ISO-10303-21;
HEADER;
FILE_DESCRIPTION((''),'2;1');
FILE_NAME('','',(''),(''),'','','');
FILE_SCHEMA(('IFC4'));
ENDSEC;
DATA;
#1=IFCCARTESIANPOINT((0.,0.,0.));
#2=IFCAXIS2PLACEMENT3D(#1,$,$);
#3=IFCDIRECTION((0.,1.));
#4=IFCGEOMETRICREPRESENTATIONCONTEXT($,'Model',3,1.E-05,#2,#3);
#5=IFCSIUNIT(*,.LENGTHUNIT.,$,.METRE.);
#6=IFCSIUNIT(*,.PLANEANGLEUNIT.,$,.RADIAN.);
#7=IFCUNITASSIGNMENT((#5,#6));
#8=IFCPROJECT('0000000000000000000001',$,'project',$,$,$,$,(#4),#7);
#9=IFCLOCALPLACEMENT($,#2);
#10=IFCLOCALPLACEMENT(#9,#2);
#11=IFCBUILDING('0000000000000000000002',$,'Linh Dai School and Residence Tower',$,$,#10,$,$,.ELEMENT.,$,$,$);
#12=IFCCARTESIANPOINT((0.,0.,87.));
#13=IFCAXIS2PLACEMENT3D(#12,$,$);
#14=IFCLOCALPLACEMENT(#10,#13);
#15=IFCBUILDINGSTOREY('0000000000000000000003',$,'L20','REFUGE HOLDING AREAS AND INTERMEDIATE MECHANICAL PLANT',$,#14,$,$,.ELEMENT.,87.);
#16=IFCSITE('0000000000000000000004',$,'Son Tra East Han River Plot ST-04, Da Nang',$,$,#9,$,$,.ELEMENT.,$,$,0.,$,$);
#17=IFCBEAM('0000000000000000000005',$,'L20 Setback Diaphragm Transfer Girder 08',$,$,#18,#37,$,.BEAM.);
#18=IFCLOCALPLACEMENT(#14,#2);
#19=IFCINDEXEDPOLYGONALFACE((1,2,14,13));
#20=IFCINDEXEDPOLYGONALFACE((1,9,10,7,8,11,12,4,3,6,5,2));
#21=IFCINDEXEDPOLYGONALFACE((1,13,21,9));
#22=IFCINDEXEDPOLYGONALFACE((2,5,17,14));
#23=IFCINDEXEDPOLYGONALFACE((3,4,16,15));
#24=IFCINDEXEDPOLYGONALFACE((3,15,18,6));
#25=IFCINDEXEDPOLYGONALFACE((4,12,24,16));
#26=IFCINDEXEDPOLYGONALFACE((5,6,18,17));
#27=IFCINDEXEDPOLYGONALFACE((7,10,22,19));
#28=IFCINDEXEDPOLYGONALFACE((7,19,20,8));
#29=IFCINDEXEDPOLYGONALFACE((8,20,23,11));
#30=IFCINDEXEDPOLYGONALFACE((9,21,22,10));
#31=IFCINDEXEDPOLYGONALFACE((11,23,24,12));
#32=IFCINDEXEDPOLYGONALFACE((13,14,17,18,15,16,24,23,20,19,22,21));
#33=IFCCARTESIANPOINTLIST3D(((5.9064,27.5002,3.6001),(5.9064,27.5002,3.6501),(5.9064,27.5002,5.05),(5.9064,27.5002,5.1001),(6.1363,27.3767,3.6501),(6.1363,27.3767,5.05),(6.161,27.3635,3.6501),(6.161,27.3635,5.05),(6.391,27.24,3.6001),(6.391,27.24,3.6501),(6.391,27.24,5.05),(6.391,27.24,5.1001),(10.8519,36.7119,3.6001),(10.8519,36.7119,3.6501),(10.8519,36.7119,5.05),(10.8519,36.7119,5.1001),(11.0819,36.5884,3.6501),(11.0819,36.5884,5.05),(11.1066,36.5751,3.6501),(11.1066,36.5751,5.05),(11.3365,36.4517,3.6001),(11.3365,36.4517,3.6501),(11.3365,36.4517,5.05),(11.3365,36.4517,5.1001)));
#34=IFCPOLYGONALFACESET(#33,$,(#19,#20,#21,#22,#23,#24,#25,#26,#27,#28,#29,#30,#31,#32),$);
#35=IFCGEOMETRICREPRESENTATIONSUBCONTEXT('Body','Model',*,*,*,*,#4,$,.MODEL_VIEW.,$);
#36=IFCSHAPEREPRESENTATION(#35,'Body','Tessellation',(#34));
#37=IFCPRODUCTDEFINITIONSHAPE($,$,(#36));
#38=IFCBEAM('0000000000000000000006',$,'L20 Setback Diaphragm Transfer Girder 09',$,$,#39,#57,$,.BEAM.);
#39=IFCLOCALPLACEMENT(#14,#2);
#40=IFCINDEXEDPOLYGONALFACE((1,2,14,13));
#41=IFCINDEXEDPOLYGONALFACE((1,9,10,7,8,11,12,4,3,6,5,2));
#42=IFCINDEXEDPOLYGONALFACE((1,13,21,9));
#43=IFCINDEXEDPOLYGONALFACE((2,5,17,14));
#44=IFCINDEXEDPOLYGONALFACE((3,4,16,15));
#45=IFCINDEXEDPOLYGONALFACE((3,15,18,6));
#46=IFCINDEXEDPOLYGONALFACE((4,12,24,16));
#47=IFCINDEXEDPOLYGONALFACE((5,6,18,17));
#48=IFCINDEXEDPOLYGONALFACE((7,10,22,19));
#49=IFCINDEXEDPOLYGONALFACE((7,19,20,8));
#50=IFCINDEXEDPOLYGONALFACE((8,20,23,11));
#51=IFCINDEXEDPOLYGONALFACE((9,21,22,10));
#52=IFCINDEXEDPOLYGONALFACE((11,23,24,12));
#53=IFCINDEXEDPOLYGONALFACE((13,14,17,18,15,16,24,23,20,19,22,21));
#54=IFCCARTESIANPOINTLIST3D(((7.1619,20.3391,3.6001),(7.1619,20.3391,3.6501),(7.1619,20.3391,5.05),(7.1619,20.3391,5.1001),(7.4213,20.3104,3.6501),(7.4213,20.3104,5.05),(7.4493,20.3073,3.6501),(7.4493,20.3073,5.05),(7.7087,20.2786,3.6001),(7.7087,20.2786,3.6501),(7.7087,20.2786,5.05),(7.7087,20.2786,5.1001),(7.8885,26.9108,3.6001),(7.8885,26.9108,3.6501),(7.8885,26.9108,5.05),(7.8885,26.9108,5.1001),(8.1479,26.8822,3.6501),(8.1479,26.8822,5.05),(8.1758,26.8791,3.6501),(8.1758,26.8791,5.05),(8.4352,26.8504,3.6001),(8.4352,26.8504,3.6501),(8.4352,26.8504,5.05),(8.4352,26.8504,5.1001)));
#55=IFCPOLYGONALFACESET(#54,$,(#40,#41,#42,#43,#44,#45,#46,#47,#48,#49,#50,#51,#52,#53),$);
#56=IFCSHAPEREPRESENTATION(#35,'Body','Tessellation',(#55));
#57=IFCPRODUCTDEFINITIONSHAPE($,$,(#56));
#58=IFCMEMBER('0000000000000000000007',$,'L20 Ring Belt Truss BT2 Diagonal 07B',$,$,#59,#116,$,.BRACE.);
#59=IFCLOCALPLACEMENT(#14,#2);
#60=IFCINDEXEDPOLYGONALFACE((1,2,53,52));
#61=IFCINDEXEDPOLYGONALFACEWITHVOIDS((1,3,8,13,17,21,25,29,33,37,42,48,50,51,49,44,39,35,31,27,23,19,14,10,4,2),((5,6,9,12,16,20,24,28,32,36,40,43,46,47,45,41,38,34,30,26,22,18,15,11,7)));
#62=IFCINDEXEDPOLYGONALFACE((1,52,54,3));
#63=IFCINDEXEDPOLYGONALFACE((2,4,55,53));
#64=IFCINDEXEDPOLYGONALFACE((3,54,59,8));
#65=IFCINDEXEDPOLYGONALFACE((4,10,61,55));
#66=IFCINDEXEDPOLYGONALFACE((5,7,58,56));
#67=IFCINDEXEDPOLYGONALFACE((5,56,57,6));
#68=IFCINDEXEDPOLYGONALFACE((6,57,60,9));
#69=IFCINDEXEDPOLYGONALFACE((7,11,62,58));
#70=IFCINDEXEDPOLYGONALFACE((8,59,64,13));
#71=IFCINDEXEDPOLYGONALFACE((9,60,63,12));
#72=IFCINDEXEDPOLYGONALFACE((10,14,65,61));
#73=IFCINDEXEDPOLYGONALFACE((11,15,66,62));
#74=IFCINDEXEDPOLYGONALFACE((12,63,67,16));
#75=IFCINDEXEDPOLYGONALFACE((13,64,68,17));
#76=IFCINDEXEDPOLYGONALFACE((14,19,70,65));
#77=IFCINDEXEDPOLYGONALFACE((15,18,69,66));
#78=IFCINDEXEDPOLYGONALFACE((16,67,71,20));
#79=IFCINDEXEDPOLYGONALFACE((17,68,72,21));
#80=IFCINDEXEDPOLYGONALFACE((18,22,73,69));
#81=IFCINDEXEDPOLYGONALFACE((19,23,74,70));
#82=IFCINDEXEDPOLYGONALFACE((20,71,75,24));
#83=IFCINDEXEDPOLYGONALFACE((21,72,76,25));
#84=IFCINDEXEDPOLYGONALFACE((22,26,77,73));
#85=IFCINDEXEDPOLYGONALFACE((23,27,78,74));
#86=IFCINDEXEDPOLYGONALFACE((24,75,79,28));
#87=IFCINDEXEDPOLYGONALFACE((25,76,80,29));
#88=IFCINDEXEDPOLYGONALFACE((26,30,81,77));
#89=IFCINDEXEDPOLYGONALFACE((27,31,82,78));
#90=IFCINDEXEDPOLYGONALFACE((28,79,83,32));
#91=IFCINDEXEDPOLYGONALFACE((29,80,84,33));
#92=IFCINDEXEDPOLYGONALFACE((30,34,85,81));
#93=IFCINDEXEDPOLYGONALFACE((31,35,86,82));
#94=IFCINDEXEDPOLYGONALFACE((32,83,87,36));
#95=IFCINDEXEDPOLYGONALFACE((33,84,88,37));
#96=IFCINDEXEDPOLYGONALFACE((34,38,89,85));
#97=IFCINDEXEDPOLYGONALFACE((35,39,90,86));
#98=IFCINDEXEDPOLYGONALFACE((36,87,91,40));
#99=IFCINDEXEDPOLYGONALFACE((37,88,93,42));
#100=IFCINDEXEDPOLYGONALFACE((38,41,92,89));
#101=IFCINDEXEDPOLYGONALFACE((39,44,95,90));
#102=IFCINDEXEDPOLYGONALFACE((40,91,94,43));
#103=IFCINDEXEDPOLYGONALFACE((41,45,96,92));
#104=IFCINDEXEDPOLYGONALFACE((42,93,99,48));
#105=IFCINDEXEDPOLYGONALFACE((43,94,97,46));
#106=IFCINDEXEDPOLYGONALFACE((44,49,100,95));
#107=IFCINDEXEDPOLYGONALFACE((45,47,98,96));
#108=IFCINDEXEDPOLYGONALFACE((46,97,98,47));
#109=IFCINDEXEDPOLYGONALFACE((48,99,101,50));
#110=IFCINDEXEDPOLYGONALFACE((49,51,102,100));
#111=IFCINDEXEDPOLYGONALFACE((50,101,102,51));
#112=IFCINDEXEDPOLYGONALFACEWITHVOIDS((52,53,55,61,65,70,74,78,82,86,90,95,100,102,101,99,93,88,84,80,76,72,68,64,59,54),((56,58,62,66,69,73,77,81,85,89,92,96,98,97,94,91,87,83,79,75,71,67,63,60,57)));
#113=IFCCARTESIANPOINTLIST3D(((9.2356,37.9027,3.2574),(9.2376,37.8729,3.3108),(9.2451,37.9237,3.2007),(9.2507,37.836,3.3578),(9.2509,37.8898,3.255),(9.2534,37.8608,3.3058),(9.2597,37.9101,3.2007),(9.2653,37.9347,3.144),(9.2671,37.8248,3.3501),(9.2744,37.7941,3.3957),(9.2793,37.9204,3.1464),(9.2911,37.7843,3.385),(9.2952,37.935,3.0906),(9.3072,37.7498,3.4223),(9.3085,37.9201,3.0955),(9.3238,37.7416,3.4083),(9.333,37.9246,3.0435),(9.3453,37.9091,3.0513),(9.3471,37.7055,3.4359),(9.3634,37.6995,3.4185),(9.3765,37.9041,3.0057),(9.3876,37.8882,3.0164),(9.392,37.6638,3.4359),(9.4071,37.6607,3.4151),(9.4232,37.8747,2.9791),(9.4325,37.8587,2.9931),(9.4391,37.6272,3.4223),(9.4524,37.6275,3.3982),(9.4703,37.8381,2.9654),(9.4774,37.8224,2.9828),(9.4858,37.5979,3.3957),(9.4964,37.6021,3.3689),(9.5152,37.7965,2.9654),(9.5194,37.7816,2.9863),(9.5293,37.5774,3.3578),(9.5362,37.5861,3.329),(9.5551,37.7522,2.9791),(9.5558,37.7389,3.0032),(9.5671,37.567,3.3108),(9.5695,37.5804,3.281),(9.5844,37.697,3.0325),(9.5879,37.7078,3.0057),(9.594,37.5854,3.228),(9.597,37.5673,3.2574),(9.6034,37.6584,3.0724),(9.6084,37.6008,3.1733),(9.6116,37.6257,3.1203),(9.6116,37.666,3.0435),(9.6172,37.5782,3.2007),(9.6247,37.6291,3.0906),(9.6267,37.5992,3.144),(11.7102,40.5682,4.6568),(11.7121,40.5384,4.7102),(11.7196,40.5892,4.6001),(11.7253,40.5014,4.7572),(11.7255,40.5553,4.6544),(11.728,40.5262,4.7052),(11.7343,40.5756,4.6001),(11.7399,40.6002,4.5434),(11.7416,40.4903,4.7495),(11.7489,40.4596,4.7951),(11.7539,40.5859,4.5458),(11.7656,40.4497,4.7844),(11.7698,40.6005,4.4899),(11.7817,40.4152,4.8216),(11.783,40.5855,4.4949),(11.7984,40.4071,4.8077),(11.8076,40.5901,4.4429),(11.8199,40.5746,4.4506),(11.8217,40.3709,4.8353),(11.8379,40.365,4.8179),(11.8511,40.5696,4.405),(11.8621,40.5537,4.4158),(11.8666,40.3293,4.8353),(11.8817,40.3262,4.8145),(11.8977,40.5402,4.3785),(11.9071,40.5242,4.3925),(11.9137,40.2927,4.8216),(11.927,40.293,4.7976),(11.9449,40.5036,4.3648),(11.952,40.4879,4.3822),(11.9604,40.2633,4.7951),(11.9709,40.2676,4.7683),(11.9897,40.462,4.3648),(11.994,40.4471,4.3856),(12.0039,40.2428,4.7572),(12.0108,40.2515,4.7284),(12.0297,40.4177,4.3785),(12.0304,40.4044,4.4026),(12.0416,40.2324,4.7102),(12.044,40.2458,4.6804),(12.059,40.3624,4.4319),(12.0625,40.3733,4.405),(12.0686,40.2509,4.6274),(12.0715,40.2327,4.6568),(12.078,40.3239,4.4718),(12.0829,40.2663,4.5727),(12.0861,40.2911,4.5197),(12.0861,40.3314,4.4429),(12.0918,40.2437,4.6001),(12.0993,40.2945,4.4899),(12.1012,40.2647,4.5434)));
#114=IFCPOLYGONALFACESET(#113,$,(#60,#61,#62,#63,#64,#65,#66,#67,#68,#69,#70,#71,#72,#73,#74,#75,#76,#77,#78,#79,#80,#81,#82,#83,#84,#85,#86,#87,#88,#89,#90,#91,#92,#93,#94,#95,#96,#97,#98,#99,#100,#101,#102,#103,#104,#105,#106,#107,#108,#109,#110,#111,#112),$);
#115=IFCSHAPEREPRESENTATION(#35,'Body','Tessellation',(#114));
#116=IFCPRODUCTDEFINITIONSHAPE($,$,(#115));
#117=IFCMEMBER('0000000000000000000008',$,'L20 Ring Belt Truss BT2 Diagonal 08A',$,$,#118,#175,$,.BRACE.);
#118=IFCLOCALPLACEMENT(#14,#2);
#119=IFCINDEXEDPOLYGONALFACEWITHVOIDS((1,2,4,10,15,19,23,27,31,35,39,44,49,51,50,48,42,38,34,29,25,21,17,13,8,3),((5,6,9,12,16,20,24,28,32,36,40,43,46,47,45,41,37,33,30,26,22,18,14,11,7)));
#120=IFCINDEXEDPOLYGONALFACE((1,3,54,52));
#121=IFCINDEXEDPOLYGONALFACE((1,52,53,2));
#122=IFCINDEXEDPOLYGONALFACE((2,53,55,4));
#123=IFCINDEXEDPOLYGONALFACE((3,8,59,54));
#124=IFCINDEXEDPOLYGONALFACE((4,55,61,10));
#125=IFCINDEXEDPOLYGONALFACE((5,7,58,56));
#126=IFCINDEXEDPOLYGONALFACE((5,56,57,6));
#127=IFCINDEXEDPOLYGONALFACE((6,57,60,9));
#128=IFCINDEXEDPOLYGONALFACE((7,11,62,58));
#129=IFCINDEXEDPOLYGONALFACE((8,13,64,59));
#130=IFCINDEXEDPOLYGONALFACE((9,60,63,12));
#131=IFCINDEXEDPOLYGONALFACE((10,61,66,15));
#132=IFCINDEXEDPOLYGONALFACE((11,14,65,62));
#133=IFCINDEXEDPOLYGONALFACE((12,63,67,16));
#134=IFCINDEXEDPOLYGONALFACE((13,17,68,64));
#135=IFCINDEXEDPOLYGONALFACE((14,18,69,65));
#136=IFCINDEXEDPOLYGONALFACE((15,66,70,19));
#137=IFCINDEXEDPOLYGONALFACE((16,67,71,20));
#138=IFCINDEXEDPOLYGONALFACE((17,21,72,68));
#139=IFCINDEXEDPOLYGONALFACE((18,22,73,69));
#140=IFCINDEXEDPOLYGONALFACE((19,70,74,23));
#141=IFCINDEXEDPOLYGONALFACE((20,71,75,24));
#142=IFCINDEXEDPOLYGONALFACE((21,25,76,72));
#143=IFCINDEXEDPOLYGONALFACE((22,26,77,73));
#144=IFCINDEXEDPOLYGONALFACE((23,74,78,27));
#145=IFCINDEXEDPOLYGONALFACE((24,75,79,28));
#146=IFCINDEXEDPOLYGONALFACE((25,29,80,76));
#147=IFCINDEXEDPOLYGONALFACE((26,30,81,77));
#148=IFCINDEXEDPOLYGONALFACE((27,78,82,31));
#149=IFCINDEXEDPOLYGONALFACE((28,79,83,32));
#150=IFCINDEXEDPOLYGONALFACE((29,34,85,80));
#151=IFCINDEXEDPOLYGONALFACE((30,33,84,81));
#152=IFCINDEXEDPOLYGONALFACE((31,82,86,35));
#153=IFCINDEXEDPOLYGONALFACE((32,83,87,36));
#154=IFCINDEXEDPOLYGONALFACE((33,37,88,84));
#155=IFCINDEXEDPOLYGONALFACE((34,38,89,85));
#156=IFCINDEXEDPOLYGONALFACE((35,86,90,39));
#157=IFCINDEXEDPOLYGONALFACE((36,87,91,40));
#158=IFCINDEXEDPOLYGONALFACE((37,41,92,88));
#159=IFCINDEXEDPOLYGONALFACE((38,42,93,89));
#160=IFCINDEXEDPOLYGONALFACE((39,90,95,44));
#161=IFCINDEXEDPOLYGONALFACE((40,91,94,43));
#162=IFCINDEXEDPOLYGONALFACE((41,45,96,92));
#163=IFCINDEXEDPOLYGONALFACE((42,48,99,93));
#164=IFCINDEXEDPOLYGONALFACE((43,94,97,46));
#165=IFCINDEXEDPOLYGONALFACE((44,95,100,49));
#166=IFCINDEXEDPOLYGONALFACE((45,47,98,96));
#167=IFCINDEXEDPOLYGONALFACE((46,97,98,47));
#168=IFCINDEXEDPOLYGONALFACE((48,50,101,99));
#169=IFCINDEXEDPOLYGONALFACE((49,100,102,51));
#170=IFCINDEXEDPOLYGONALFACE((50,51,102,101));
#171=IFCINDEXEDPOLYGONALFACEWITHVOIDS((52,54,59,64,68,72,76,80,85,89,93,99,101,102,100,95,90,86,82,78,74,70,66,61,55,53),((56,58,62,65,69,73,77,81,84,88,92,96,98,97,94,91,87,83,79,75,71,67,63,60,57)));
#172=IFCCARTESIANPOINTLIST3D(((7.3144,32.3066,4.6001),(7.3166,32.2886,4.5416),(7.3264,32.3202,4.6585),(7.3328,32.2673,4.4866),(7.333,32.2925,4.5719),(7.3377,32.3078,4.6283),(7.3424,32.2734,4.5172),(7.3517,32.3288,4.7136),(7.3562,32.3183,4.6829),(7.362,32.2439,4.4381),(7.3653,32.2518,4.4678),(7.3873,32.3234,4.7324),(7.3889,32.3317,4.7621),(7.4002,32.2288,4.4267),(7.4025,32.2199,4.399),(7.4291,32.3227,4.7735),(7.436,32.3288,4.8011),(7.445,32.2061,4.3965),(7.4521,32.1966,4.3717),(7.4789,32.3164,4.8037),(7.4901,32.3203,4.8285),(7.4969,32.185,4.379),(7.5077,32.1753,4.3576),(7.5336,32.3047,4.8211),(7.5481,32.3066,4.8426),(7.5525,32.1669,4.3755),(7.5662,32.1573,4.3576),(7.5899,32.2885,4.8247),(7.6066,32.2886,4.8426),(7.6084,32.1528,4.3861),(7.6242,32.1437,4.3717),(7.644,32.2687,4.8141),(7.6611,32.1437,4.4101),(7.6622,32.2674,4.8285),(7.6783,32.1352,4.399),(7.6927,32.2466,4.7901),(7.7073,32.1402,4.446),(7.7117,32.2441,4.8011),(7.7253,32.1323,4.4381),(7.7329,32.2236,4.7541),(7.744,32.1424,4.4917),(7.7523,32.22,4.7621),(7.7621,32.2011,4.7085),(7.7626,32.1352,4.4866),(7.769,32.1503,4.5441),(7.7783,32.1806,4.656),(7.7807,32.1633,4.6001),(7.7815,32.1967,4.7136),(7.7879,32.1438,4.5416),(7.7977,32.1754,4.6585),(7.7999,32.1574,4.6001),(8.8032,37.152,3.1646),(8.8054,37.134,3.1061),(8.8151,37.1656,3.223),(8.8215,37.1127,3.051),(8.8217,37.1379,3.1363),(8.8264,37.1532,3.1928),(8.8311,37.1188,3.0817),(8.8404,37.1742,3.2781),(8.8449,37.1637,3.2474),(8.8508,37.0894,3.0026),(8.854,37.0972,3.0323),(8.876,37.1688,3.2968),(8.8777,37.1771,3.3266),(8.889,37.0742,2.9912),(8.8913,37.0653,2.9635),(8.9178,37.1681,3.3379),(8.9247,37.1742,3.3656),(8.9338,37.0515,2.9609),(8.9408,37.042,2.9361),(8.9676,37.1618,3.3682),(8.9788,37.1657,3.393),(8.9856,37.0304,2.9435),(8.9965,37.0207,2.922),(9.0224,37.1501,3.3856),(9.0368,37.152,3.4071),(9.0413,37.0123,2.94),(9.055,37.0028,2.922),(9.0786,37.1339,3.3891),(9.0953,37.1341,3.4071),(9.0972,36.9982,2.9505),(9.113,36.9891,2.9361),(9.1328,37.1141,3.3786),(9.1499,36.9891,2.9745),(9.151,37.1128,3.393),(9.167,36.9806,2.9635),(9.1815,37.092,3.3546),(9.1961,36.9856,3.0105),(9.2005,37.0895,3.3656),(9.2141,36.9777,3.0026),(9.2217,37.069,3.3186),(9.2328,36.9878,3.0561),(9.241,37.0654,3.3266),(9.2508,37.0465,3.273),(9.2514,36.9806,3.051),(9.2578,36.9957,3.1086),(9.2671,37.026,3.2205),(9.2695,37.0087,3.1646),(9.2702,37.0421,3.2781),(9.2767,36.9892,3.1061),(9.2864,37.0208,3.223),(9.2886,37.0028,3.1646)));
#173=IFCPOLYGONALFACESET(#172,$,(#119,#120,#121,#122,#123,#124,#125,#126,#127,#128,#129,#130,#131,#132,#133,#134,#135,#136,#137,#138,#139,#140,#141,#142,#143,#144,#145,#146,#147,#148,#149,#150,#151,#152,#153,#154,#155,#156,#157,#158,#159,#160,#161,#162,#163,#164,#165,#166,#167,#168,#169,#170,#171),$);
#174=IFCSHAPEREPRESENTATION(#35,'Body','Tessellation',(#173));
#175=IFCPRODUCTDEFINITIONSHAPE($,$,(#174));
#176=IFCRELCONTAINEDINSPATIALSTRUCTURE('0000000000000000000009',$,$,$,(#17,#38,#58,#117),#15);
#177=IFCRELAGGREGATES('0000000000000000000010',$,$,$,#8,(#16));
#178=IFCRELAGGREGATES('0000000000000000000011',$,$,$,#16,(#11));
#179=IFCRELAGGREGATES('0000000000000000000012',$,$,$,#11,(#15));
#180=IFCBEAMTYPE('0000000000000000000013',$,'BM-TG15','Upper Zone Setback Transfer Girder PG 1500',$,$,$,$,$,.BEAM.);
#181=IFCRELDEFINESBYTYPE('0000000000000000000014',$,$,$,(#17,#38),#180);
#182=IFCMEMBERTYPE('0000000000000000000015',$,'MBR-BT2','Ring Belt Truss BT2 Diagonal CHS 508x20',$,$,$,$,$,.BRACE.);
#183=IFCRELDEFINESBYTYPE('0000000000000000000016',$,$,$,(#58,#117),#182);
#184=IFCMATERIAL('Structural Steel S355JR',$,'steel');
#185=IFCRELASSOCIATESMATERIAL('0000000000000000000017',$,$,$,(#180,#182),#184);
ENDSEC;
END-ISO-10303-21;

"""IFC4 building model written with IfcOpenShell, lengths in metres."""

from ifc_helpers import new_model, si_unit, direction, frame, origin, origin_2d, place, context, subcontext, project, spatial, hollow_circle, i_section, extrude, material, material_profile, profile_set, type_object, element, save


model = new_model("IFC4")

# Units and contexts
model_context = context("Model", 3, precision=1e-05, world=origin(), true_north=direction((0.0, 1.0)))
body_context = subcontext(model_context, "Body", "Model", "MODEL_VIEW")
ifc_project = project(units=[si_unit("LENGTHUNIT", "METRE"), si_unit("PLANEANGLEUNIT", "RADIAN")], contexts=[model_context])

# Site, building, storey
site_placement = place(None, origin())
site = spatial("IfcSite", under=ifc_project, at=site_placement, Name="Son Tra East Han River Plot ST-04, Da Nang", CompositionType="ELEMENT", RefElevation=0.0)
building_placement = place(site_placement, origin())
building = spatial("IfcBuilding", under=site, at=building_placement, Name="Linh Dai School and Residence Tower", CompositionType="ELEMENT")
storey_placement = place(building_placement, frame((0.0, 0.0, 87.0)))
storey = spatial("IfcBuildingStorey", under=building, at=storey_placement, Name="L20", Description="REFUGE HOLDING AREAS AND INTERMEDIATE MECHANICAL PLANT", CompositionType="ELEMENT", Elevation=87.0)

# Shared definitions
ifc_material_1 = material(Name="Structural Steel S355JR", Category="steel")

# Beams
ifc_material_profile_1 = material_profile(ifc_material_1, i_section(OverallWidth=0.55, OverallDepth=1.5, WebThickness=0.0281, FlangeThickness=0.05, at=origin_2d()), Name="PG 1500x550x28x50")
ifc_profile_set_1 = profile_set([ifc_material_profile_1], Name="Structural Steel S355JR")
beam_type_1 = type_object("IfcBeamType", Name="BM-TG15", Description="Upper Zone Setback Transfer Girder PG 1500", PredefinedType="BEAM", material=ifc_profile_set_1)
beam_1_placement = place(storey_placement, frame((11.0942, 36.5818, 4.3501), z_axis=(-0.473019, -0.881052, 0.0), x_axis=(0.881052, -0.473019, 0.0)))
element("IfcBeam", 1, at=beam_1_placement, inside=storey, type_object=beam_type_1, Name="L20 Setback Diaphragm Transfer Girder 08", PredefinedType="BEAM", context=body_context, shape_type="SweptSolid", body=[
    extrude(i_section(OverallWidth=0.55, OverallDepth=1.5, WebThickness=0.0281, FlangeThickness=0.05, at=origin_2d()), origin(), (0.0, 0.0, 1.0), 10.4553),
])
beam_2_placement = place(storey_placement, frame((8.1619, 26.8806, 4.3501), z_axis=(-0.109888, -0.993944, 0.0), x_axis=(0.993944, -0.109888, 0.0)))
element("IfcBeam", 2, at=beam_2_placement, inside=storey, type_object=beam_type_1, Name="L20 Setback Diaphragm Transfer Girder 09", PredefinedType="BEAM", context=body_context, shape_type="SweptSolid", body=[
    extrude(i_section(OverallWidth=0.55, OverallDepth=1.5, WebThickness=0.0281, FlangeThickness=0.05, at=origin_2d()), origin(), (0.0, 0.0, 1.0), 6.6118),
])

# Members
ifc_material_profile_2 = material_profile(ifc_material_1, hollow_circle(Radius=0.2539, WallThickness=0.02, at=origin_2d()), Name="CHS 508x20")
ifc_profile_set_2 = profile_set([ifc_material_profile_2], Name="Structural Steel S355JR")
member_type = type_object("IfcMemberType", Name="MBR-BT2", Description="Ring Belt Truss BT2 Diagonal CHS 508x20", PredefinedType="BRACE", material=ifc_profile_set_2)
member_1_placement = place(storey_placement, frame((9.4312, 37.751, 3.2007), z_axis=(0.634994, 0.683984, 0.359095), x_axis=(-0.732865, 0.680374, 0.0)))
element("IfcMember", 3, at=member_1_placement, inside=storey, type_object=member_type, Name="L20 Ring Belt Truss BT2 Diagonal 07B", PredefinedType="BRACE", context=body_context, shape_type="SweptSolid", body=[
    extrude(hollow_circle(Radius=0.2539, WallThickness=0.02, at=origin_2d()), origin(), (0.0, 0.0, 1.0), 3.897),
])
member_2_placement = place(storey_placement, frame((9.0459, 37.0774, 3.1646), z_axis=(-0.282586, -0.919727, 0.272484), x_axis=(0.955898, -0.2937, 0.0)))
element("IfcMember", 4, at=member_2_placement, inside=storey, type_object=member_type, Name="L20 Ring Belt Truss BT2 Diagonal 08A", PredefinedType="BRACE", context=body_context, shape_type="SweptSolid", body=[
    extrude(hollow_circle(Radius=0.2539, WallThickness=0.02, at=origin_2d()), origin(), (0.0, 0.0, 1.0), 5.2683),
])

save(model, "model.ifc")
